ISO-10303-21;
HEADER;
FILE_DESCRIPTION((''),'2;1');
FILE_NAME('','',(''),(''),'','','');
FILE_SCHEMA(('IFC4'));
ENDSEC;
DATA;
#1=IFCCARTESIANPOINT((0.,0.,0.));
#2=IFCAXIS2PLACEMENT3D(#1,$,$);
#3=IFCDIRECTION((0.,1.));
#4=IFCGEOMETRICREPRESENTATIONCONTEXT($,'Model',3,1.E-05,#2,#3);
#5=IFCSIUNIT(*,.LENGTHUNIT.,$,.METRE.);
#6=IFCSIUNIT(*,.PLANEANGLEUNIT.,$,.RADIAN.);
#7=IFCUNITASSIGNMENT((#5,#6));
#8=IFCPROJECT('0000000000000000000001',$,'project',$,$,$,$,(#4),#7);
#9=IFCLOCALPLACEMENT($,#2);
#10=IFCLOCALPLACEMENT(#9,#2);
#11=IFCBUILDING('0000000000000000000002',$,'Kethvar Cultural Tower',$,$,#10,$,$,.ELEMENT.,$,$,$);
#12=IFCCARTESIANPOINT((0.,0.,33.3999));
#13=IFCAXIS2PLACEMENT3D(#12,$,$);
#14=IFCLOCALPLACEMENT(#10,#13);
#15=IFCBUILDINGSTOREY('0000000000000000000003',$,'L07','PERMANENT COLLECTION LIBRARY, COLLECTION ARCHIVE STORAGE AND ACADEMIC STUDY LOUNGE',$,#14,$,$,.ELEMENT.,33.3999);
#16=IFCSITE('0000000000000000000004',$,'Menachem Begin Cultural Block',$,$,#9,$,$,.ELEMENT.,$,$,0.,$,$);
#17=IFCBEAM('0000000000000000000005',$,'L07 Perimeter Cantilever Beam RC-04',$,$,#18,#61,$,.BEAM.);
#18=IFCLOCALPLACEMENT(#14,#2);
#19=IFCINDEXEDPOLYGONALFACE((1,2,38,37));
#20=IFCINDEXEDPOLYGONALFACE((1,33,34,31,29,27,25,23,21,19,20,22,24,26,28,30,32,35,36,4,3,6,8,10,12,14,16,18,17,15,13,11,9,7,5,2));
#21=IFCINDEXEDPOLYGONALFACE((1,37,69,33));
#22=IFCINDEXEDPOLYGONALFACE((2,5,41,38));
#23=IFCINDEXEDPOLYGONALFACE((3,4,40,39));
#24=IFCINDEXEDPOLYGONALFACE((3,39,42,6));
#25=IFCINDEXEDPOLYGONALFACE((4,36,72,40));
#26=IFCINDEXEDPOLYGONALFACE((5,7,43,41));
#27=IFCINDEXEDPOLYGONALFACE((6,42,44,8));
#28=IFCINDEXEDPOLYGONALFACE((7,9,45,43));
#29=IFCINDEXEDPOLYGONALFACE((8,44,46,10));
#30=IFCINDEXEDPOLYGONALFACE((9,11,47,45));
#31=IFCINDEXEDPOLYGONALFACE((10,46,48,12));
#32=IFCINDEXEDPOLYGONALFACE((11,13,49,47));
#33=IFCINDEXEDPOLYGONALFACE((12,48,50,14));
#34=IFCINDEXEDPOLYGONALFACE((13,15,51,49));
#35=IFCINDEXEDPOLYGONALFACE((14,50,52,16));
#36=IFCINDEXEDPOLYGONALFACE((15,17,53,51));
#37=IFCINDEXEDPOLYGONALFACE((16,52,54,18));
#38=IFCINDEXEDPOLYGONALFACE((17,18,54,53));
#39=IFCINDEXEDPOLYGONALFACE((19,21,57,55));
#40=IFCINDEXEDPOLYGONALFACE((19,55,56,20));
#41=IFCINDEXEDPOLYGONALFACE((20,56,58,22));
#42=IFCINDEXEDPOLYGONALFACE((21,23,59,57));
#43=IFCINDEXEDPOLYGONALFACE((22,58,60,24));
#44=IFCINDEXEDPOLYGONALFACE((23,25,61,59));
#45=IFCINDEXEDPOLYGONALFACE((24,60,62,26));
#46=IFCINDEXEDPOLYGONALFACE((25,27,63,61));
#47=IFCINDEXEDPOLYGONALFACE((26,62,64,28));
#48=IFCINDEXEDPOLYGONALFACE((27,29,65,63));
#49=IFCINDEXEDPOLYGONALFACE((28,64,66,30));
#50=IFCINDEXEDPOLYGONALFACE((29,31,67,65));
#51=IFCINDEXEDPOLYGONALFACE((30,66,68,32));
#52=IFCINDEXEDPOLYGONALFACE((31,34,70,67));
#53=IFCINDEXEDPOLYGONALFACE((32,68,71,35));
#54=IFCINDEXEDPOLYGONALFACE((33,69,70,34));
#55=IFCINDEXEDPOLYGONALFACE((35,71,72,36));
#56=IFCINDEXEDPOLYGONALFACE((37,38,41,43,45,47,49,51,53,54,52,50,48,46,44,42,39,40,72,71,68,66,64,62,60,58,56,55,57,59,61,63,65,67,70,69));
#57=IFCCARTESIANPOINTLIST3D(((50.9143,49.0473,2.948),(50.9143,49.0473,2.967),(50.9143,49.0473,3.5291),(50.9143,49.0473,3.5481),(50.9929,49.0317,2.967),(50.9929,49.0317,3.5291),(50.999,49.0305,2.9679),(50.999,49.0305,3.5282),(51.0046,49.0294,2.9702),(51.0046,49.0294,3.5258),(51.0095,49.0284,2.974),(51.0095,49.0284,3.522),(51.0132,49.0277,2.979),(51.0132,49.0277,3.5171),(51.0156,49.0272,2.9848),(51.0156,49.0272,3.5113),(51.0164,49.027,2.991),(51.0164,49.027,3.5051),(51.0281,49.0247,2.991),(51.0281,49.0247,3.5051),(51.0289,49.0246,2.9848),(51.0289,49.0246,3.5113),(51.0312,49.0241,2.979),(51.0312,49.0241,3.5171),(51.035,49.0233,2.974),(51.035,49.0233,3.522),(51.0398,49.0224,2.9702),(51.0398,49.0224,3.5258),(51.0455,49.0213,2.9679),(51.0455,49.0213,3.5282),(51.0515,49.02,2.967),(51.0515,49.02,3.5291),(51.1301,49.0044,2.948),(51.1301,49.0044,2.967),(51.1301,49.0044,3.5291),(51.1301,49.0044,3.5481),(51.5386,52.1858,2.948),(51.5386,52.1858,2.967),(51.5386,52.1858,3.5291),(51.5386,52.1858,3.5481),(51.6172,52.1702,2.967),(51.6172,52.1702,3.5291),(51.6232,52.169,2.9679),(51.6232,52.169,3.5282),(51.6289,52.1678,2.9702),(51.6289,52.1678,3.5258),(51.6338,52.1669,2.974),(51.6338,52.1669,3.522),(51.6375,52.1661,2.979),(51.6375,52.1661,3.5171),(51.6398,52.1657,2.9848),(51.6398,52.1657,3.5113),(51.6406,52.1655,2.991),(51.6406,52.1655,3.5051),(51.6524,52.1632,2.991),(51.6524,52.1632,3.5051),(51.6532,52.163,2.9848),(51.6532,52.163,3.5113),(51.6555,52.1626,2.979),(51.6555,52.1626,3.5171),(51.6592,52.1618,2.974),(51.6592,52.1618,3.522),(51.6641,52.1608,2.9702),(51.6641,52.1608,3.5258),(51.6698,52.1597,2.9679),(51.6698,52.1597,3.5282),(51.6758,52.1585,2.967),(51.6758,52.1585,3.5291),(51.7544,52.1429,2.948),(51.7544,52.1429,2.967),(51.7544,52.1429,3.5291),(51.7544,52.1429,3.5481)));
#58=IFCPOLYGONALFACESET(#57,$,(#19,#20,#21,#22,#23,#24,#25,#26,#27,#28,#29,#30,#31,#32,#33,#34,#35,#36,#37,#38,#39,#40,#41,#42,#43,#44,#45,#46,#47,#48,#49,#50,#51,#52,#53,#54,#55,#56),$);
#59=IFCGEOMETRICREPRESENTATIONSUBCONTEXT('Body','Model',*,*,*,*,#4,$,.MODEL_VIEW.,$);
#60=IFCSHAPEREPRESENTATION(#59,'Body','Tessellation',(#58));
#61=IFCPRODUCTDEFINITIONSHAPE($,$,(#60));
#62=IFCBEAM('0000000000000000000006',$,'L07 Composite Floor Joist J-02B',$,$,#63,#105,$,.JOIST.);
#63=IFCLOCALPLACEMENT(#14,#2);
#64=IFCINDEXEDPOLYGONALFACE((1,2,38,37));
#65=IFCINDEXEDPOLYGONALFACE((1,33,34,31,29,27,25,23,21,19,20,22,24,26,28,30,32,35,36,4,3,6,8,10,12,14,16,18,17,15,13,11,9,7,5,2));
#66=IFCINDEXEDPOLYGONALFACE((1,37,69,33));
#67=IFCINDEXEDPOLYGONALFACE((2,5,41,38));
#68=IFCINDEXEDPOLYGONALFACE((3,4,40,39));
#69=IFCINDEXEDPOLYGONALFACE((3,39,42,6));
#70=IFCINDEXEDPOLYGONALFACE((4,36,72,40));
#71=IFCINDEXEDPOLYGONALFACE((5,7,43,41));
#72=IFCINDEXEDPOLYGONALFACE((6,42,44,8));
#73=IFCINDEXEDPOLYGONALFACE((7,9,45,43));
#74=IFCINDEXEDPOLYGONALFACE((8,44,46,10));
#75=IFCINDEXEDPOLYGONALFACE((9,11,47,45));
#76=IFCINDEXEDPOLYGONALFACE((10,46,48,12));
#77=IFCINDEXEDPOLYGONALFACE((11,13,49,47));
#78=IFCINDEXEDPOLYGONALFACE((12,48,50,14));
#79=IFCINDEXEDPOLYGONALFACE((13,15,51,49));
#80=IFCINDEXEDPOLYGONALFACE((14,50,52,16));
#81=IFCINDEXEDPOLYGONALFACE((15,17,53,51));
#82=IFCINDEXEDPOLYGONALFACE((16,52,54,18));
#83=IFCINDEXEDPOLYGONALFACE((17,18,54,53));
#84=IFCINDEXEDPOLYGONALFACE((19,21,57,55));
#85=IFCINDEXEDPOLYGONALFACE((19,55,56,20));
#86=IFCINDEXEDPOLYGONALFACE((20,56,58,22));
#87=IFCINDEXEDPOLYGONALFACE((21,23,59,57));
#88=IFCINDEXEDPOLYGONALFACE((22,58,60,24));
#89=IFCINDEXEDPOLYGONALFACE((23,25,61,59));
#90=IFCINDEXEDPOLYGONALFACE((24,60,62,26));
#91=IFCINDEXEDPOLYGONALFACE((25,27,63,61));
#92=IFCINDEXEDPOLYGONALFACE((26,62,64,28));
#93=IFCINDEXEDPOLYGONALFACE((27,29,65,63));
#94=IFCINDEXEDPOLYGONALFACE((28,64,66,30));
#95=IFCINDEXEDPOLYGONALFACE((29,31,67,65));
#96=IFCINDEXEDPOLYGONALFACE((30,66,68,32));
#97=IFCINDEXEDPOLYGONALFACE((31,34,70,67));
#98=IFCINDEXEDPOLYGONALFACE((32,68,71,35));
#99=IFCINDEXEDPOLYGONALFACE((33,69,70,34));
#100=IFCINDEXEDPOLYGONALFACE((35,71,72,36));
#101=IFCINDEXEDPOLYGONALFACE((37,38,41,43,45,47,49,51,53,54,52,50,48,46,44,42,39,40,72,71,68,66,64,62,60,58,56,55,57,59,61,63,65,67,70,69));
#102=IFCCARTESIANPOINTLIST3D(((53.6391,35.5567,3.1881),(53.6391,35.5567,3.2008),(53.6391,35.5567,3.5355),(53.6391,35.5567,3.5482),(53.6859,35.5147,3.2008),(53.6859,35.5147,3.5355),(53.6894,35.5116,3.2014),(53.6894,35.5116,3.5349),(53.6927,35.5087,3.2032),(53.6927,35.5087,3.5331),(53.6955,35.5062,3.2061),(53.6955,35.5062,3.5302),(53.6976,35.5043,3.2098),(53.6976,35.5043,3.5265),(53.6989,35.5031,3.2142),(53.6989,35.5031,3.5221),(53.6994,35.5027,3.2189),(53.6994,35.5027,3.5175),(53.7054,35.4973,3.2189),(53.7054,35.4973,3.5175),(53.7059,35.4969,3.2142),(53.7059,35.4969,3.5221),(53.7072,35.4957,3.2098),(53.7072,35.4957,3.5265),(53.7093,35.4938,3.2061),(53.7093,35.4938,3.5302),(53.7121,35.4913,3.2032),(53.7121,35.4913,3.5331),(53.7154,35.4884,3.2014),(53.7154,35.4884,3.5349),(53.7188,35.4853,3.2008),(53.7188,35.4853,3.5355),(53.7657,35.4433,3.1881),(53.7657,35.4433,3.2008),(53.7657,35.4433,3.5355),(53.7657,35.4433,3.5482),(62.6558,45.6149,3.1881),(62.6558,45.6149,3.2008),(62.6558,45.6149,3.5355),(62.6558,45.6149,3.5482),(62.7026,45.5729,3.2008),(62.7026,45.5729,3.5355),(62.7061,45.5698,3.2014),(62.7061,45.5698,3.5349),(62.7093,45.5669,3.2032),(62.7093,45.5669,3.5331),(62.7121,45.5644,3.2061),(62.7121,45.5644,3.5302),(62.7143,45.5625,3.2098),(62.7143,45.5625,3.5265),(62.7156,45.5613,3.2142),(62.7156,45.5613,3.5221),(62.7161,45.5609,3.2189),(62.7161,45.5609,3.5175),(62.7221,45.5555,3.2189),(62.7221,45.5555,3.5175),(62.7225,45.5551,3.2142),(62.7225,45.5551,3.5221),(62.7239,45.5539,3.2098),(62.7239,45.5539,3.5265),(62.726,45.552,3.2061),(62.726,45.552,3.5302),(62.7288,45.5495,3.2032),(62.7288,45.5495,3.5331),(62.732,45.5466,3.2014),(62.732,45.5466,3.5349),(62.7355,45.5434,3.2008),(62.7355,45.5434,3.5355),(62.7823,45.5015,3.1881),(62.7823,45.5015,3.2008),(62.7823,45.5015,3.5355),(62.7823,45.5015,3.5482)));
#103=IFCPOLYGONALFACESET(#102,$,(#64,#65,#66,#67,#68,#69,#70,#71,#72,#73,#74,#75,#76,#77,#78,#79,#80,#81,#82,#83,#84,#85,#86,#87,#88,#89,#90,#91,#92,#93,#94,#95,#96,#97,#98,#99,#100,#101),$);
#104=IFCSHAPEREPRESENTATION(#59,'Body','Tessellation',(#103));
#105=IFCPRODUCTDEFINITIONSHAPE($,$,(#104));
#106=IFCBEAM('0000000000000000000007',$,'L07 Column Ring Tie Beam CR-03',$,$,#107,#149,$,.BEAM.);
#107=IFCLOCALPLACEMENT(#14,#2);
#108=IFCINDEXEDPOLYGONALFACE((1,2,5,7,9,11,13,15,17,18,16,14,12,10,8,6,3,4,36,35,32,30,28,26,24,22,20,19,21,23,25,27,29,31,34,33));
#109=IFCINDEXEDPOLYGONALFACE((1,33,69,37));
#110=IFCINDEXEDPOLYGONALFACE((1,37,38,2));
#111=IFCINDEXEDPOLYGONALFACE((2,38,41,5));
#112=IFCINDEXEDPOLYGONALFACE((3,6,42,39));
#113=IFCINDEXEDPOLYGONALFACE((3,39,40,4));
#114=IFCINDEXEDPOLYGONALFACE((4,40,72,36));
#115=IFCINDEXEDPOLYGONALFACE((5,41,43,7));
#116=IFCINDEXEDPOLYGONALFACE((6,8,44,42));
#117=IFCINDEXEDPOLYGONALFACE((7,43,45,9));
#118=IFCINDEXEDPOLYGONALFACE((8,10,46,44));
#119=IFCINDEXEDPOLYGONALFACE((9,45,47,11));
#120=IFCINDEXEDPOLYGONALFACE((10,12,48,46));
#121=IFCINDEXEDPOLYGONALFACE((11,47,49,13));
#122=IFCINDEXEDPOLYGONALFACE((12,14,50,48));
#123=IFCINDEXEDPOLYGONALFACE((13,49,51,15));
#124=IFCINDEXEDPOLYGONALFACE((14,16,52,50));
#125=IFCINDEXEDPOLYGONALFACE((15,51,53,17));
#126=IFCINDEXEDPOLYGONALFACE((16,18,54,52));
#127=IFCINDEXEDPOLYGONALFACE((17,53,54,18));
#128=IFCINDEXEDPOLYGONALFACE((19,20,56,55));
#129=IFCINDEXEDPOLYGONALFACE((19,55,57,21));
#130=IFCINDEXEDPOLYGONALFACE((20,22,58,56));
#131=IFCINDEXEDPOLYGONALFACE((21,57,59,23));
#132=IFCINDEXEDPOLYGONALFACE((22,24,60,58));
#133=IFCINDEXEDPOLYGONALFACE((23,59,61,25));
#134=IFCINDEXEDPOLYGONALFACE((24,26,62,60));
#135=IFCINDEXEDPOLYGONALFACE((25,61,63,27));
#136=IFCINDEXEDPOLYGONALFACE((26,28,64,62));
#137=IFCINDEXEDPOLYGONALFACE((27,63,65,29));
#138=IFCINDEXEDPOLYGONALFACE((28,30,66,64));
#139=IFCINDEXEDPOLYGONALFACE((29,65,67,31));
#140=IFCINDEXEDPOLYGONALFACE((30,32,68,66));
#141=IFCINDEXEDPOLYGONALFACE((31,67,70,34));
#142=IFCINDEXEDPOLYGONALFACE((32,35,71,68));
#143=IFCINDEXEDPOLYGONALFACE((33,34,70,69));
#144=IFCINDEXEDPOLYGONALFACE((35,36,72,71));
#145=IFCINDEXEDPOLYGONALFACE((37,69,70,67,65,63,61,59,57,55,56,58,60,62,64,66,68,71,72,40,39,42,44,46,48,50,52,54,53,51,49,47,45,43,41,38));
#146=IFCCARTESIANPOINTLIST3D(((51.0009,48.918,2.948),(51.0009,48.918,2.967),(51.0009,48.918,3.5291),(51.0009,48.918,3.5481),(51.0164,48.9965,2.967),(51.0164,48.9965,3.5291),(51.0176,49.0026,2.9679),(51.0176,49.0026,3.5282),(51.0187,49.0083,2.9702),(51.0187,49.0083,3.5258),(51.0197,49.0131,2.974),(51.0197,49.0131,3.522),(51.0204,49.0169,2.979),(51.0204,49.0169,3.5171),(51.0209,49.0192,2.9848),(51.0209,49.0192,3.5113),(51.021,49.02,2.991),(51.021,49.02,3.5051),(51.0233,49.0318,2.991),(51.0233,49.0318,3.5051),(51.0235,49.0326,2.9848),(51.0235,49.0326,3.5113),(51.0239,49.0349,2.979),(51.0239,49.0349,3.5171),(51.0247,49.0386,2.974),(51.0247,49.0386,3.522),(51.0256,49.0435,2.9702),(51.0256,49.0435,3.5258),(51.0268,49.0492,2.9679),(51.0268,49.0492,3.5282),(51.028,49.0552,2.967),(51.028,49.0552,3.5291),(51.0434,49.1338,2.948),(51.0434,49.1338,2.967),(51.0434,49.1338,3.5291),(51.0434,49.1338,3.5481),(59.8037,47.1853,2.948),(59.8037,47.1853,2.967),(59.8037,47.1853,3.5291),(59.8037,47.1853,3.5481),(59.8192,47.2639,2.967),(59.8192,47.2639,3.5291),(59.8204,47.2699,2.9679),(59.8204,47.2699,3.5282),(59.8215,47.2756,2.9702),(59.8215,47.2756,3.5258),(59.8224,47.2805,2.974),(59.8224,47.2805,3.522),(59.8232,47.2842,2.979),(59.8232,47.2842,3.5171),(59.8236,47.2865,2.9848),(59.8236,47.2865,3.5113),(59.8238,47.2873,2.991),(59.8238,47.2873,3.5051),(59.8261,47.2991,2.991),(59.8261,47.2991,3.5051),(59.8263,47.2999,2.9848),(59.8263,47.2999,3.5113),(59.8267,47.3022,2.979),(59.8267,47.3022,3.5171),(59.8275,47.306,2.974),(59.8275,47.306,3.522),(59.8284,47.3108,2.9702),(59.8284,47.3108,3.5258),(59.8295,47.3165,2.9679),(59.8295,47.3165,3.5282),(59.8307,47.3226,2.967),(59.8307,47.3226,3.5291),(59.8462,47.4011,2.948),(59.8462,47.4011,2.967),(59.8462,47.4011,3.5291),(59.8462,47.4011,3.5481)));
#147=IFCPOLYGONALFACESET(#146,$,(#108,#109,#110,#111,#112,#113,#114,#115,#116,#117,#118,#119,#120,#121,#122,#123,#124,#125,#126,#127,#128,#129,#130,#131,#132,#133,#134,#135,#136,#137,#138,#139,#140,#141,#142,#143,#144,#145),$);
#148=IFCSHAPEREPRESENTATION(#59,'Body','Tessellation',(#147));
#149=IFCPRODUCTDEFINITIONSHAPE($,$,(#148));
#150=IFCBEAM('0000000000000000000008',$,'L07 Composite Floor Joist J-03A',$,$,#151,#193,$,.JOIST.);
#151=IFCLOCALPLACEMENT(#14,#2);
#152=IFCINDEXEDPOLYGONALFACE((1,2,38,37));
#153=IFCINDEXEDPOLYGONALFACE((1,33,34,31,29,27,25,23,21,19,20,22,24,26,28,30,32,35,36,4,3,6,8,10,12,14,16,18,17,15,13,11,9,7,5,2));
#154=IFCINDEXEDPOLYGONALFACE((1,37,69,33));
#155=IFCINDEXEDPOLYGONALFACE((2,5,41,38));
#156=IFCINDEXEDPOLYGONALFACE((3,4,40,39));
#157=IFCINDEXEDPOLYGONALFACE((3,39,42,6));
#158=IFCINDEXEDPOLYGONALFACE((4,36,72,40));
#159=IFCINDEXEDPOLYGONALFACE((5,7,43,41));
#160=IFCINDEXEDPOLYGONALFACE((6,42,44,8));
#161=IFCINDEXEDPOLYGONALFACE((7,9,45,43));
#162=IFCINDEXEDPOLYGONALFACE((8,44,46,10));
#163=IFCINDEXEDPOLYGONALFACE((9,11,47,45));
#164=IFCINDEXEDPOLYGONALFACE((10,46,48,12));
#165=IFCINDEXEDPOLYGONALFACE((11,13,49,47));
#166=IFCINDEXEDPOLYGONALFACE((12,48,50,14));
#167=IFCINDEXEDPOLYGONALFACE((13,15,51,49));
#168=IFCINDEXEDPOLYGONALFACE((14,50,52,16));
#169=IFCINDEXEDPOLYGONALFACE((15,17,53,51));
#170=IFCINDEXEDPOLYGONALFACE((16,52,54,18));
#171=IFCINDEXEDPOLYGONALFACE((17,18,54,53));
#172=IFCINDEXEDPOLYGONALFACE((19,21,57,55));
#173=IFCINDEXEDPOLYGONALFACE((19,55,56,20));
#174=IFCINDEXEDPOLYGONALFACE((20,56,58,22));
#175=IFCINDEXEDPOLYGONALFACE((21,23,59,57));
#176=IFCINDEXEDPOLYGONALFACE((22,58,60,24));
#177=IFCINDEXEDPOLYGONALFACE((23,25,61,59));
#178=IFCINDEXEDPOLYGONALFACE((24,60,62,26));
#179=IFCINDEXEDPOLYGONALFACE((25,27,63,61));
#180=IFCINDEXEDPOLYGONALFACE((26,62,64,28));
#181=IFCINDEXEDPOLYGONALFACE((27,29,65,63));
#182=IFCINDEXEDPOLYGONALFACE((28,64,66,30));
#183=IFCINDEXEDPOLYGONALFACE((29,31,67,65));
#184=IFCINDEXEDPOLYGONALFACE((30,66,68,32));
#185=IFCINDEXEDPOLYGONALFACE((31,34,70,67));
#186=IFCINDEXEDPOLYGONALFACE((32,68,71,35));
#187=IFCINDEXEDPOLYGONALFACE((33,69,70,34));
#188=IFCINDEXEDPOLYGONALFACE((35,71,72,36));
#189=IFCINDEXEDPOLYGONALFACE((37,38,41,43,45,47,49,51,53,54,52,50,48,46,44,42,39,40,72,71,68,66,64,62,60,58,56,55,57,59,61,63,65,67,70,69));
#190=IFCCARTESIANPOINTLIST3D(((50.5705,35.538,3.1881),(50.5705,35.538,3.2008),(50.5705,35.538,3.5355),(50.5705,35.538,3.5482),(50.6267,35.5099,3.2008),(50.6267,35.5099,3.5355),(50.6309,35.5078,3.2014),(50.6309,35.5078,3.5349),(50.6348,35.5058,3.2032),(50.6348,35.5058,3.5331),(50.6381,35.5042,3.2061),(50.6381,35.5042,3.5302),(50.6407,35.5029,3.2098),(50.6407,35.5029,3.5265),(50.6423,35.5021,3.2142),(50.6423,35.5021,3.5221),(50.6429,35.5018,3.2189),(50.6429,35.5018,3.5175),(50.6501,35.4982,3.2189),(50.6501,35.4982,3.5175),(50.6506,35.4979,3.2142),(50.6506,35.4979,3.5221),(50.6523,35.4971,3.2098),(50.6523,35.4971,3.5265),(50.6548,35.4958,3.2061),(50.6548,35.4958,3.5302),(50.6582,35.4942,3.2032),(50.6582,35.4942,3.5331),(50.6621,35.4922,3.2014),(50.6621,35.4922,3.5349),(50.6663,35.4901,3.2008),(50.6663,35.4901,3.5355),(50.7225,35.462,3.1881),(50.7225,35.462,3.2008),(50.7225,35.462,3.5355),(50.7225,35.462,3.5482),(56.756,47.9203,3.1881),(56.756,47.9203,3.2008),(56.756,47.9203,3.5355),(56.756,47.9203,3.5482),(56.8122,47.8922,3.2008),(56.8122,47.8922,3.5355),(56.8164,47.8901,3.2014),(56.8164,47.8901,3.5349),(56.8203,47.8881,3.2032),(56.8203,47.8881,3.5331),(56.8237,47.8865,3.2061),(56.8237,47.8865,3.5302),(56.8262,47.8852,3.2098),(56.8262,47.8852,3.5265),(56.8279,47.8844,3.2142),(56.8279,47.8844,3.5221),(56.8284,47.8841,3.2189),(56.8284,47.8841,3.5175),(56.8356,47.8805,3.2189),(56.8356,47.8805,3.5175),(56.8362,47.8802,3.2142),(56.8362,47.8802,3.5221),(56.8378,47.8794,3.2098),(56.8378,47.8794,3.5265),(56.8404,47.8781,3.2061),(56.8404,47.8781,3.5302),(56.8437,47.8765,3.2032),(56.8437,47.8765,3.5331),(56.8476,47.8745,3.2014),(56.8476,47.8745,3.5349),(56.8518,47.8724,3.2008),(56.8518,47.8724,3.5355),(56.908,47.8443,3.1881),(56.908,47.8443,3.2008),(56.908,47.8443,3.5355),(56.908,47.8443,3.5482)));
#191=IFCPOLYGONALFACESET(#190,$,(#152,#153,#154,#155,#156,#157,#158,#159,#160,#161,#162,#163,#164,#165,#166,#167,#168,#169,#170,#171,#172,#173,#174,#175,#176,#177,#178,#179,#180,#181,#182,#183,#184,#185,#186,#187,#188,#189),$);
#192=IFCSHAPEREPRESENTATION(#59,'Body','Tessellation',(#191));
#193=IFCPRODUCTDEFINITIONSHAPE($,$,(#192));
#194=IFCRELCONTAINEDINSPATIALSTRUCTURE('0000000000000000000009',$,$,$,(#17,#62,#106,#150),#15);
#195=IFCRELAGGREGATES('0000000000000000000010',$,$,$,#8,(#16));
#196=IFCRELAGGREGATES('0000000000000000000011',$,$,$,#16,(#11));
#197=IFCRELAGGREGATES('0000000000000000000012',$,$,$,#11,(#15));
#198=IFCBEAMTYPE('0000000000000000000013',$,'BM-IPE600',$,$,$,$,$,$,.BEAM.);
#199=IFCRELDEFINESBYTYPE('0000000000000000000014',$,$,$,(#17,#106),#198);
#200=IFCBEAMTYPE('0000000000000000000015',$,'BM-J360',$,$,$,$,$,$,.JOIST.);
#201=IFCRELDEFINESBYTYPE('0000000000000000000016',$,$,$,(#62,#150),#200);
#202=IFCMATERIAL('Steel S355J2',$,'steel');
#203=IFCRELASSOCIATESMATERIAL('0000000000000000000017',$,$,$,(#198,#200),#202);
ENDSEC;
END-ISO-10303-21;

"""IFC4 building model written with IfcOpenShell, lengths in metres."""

from ifc_helpers import new_model, si_unit, direction, frame, origin, origin_2d, place, context, subcontext, project, spatial, i_section, extrude, source, transform, mapped, material, material_profile, profile_set, type_object, element, save


model = new_model("IFC4")

# Units and contexts
model_context = context("Model", 3, precision=1e-05, world=origin(), true_north=direction((0.0, 1.0)))
body_context = subcontext(model_context, "Body", "Model", "MODEL_VIEW")
ifc_project = project(units=[si_unit("LENGTHUNIT", "METRE"), si_unit("PLANEANGLEUNIT", "RADIAN")], contexts=[model_context])

# Site, building, storey
site_placement = place(None, origin())
site = spatial("IfcSite", under=ifc_project, at=site_placement, Name="Menachem Begin Cultural Block", CompositionType="ELEMENT", RefElevation=0.0)
building_placement = place(site_placement, origin())
building = spatial("IfcBuilding", under=site, at=building_placement, Name="Kethvar Cultural Tower", CompositionType="ELEMENT")
storey_placement = place(building_placement, frame((0.0, 0.0, 33.3999)))
storey = spatial("IfcBuildingStorey", under=building, at=storey_placement, Name="L07", Description="PERMANENT COLLECTION LIBRARY, COLLECTION ARCHIVE STORAGE AND ACADEMIC STUDY LOUNGE", CompositionType="ELEMENT", Elevation=33.3999)

# Beams
ifc_material_1 = material(Name="Steel S355J2", Category="steel")
ifc_material_profile_1 = material_profile(ifc_material_1, i_section(OverallWidth=0.22, OverallDepth=0.6001, WebThickness=0.012, FlangeThickness=0.019, FilletRadius=0.0239, at=origin_2d()), Name="Steel S355J2 — IPE600")
ifc_profile_set_1 = profile_set([ifc_material_profile_1], Name="Steel S355J2 — IPE600")
beam_type_1 = type_object("IfcBeamType", Name="BM-IPE600", PredefinedType="BEAM", material=ifc_profile_set_1)
shared_shape_1 = source(origin(), body_context, "Body", "SweptSolid", [
    extrude(i_section(OverallWidth=0.22, OverallDepth=0.6001, WebThickness=0.012, FlangeThickness=0.019, FilletRadius=0.0239, at=origin_2d()), origin(), (0.0, 0.0, 1.0), 3.2),
])
beam_1_placement = place(storey_placement, frame((51.0222, 49.0259, 3.248), z_axis=(0.195089, 0.980786, 0.0), x_axis=(-0.980786, 0.195089, 0.0)))
element("IfcBeam", 1, at=beam_1_placement, inside=storey, type_object=beam_type_1, Name="L07 Perimeter Cantilever Beam RC-04", PredefinedType="BEAM", context=body_context, shape_type="MappedRepresentation", body=[
    mapped(shared_shape_1, transform((0.0, 0.0, 0.0), scale=1.0)),
])
ifc_material_profile_2 = material_profile(ifc_material_1, i_section(OverallWidth=0.1699, OverallDepth=0.3601, WebThickness=0.0081, FlangeThickness=0.0127, FilletRadius=0.0181, at=origin_2d()), Name="Steel S355J2 — IPE360")
ifc_profile_set_2 = profile_set([ifc_material_profile_2], Name="Steel S355J2 — IPE360")
beam_type_2 = type_object("IfcBeamType", Name="BM-J360", PredefinedType="JOIST", material=ifc_profile_set_2)
shared_shape_2 = source(origin(), body_context, "Body", "SweptSolid", [
    extrude(i_section(OverallWidth=0.1699, OverallDepth=0.3601, WebThickness=0.0081, FlangeThickness=0.0127, FilletRadius=0.0181, at=origin_2d()), origin(), (0.0, 0.0, 1.0), 13.5081),
])
beam_2_placement = place(storey_placement, frame((53.7024, 35.5, 3.3682), z_axis=(0.667504, 0.744607, 0.0), x_axis=(-0.744607, 0.667504, 0.0)))
element("IfcBeam", 2, at=beam_2_placement, inside=storey, type_object=beam_type_2, Name="L07 Composite Floor Joist J-02B", PredefinedType="JOIST", context=body_context, shape_type="MappedRepresentation", body=[
    mapped(shared_shape_2, transform((0.0, 0.0, 0.0), scale=1.0)),
])
shared_shape_3 = source(origin(), body_context, "Body", "SweptSolid", [
    extrude(i_section(OverallWidth=0.22, OverallDepth=0.6001, WebThickness=0.012, FlangeThickness=0.019, FilletRadius=0.0239, at=origin_2d()), origin(), (0.0, 0.0, 1.0), 8.9717),
])
beam_3_placement = place(storey_placement, frame((59.825, 47.2932, 3.248), z_axis=(-0.981174, 0.193127, 0.0), x_axis=(-0.193127, -0.981174, 0.0)))
element("IfcBeam", 3, at=beam_3_placement, inside=storey, type_object=beam_type_1, Name="L07 Column Ring Tie Beam CR-03", PredefinedType="BEAM", context=body_context, shape_type="MappedRepresentation", body=[
    mapped(shared_shape_3, transform((0.0, 0.0, 0.0), scale=1.0)),
])
shared_shape_4 = source(origin(), body_context, "Body", "SweptSolid", [
    extrude(i_section(OverallWidth=0.1699, OverallDepth=0.3601, WebThickness=0.0081, FlangeThickness=0.0127, FilletRadius=0.0181, at=origin_2d()), origin(), (0.0, 0.0, 1.0), 13.8413),
])
beam_4_placement = place(storey_placement, frame((50.6465, 35.5, 3.3682), z_axis=(0.446889, 0.894589, 0.0), x_axis=(-0.894589, 0.446889, 0.0)))
element("IfcBeam", 4, at=beam_4_placement, inside=storey, type_object=beam_type_2, Name="L07 Composite Floor Joist J-03A", PredefinedType="JOIST", context=body_context, shape_type="MappedRepresentation", body=[
    mapped(shared_shape_4, transform((0.0, 0.0, 0.0), scale=1.0)),
])

save(model, "model.ifc")
